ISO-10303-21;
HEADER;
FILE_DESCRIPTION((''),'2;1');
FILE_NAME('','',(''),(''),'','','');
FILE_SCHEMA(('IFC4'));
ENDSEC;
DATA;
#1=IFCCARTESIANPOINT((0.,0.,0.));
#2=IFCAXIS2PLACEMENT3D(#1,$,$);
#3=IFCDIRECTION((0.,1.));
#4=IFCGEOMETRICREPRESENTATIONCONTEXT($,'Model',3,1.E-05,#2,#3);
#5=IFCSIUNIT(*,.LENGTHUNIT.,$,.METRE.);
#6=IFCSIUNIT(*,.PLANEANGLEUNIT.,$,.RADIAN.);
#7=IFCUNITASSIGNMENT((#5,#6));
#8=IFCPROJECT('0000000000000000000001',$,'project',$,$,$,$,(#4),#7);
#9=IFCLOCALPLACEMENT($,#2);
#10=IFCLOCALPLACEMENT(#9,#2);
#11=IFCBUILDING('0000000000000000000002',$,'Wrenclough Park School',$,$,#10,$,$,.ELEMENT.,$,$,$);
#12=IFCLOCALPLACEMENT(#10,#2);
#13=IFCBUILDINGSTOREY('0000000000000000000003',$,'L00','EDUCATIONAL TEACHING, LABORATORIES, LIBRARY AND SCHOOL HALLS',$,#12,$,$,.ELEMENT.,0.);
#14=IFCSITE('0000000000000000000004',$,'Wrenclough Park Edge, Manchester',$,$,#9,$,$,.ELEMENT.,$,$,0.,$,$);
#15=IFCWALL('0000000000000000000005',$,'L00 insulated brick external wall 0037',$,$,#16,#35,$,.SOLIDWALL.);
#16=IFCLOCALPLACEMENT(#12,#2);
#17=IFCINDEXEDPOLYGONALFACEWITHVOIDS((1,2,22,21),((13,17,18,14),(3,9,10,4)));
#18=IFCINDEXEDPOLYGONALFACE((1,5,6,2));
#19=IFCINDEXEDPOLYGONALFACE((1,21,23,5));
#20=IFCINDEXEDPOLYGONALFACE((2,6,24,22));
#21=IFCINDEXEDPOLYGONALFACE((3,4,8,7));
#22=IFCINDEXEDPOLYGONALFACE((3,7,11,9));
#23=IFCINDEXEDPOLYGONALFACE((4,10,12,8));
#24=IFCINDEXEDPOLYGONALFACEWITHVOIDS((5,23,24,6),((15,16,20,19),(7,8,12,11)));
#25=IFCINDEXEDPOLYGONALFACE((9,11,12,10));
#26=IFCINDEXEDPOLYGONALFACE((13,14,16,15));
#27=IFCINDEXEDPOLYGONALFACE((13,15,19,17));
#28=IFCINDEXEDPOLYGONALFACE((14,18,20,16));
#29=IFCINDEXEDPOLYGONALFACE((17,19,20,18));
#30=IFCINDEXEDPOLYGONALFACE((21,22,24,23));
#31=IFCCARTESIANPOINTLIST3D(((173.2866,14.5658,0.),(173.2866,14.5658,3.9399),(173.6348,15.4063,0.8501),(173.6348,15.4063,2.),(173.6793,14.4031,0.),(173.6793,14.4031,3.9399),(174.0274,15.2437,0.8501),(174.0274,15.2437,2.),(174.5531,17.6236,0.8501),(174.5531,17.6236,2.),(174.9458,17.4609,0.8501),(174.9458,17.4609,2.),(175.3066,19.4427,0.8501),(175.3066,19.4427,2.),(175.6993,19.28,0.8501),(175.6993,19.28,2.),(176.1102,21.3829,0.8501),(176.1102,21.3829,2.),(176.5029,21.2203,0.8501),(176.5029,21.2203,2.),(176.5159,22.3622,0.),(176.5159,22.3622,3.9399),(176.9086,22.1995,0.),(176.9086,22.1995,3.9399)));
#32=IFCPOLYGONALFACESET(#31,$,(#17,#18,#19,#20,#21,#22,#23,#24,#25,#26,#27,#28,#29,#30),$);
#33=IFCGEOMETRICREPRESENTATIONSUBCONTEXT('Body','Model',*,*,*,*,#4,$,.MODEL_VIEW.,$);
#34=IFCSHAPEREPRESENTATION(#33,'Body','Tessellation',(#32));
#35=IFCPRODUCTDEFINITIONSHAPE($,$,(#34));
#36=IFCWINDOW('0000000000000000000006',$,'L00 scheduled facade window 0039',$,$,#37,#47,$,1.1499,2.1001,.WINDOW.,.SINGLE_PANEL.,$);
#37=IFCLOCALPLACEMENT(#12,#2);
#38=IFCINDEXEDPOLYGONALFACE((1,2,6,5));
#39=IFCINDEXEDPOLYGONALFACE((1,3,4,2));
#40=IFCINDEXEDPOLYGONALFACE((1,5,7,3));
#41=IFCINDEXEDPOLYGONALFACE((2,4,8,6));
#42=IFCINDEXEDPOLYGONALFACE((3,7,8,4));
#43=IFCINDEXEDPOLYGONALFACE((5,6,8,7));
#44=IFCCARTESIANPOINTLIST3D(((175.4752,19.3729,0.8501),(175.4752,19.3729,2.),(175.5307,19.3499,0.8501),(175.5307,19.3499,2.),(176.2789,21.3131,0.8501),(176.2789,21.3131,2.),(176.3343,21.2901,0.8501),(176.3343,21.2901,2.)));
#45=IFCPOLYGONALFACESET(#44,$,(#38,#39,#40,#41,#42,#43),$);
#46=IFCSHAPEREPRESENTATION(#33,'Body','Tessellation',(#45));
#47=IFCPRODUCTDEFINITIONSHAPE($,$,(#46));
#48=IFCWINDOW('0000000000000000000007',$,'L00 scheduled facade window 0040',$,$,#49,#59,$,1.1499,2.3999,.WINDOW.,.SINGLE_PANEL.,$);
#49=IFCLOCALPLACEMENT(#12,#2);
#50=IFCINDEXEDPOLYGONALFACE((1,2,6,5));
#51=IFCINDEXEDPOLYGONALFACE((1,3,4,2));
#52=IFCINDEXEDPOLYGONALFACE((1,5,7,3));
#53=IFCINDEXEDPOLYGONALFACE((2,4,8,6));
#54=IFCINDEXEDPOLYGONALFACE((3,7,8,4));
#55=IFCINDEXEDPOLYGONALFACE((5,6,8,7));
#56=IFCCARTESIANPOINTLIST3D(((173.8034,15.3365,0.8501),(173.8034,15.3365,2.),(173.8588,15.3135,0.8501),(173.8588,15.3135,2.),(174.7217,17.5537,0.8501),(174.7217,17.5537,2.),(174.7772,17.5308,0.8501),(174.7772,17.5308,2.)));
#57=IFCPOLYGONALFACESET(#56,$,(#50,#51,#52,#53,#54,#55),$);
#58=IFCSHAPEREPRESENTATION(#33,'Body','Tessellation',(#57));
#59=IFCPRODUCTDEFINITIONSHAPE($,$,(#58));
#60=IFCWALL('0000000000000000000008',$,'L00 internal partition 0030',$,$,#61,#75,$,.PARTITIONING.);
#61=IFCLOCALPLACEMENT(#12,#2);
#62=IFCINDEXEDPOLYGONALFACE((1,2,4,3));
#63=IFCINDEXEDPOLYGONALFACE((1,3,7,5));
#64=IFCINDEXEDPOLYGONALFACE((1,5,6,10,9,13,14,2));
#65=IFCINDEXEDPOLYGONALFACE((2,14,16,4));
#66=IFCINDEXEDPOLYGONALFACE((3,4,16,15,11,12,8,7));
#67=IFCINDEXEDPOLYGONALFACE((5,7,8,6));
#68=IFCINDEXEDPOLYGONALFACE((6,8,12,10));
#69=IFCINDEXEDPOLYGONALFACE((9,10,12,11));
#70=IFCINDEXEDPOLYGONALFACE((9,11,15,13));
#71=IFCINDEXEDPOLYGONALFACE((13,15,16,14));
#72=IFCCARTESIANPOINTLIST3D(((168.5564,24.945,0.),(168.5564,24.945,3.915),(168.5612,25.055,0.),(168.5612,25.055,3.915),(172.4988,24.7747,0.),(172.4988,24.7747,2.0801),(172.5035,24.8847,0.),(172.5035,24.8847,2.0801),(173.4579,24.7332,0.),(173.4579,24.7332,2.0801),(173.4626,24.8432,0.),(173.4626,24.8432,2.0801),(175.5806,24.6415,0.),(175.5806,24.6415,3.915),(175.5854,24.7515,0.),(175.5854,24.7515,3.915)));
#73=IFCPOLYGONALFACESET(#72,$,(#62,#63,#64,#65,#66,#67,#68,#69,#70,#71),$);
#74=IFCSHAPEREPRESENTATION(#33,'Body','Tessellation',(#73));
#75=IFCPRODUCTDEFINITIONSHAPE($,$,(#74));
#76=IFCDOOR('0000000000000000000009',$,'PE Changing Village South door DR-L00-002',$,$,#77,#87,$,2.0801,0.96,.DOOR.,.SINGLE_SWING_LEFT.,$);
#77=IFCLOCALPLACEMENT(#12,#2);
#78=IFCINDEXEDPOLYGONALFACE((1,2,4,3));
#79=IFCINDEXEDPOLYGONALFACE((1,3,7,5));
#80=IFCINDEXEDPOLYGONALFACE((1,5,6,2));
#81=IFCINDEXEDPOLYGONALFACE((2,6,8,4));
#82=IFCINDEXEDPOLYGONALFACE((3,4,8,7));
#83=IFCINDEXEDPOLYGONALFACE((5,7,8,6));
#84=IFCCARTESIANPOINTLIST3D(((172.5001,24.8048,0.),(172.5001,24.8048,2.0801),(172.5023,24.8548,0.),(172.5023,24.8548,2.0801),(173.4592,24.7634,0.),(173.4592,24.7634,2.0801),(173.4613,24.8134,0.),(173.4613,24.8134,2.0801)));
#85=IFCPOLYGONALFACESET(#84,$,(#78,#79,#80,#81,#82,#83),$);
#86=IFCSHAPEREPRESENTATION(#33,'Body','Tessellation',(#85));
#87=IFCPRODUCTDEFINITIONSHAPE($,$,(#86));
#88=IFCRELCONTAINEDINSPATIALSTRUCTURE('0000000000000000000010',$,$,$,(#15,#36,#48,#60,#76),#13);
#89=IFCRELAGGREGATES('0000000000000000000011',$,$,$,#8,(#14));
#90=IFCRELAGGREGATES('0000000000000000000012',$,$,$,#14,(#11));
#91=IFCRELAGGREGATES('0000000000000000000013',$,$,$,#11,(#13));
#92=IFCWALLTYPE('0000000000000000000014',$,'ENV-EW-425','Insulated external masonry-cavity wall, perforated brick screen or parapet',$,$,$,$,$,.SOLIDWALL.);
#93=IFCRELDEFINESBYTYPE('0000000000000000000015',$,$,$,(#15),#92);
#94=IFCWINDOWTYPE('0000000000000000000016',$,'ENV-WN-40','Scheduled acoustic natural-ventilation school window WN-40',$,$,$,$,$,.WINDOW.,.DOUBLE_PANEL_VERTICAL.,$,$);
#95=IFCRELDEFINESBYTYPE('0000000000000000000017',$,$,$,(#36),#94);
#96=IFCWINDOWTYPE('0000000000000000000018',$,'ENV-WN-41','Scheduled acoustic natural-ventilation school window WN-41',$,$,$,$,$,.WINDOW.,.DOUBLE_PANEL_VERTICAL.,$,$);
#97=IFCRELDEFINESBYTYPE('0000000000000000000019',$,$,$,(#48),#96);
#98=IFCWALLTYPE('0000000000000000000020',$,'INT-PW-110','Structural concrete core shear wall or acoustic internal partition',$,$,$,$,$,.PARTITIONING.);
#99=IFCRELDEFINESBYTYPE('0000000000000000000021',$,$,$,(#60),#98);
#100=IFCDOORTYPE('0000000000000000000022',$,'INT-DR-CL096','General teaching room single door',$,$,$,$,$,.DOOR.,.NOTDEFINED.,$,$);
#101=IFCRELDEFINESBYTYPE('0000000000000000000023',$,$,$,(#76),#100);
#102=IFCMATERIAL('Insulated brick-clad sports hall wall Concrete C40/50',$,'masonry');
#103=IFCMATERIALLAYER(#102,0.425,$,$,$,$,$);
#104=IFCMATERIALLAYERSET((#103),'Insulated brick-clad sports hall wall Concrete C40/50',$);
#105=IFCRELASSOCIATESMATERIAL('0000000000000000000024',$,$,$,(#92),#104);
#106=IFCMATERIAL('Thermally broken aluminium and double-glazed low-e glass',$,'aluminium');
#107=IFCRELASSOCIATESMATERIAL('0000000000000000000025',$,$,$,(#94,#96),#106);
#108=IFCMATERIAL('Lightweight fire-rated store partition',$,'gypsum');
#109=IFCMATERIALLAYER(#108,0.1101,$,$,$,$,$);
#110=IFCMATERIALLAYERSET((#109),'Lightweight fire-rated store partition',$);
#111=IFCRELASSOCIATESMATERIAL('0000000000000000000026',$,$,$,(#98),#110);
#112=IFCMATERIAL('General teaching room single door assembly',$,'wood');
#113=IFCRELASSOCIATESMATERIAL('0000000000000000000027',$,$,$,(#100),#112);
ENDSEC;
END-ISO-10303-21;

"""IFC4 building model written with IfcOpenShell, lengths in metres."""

from ifc_helpers import new_model, si_unit, direction, frame, frame_2d, origin, place, context, subcontext, project, spatial, rectangle, extrude, material, layer, layer_set, type_object, element, fill, save


model = new_model("IFC4")

# Units and contexts
model_context = context("Model", 3, precision=1e-05, world=origin(), true_north=direction((0.0, 1.0)))
body_context = subcontext(model_context, "Body", "Model", "MODEL_VIEW")
ifc_project = project(units=[si_unit("LENGTHUNIT", "METRE"), si_unit("PLANEANGLEUNIT", "RADIAN")], contexts=[model_context])

# Site, building, storey
site_placement = place(None, origin())
site = spatial("IfcSite", under=ifc_project, at=site_placement, Name="Wrenclough Park Edge, Manchester", CompositionType="ELEMENT", RefElevation=0.0)
building_placement = place(site_placement, origin())
building = spatial("IfcBuilding", under=site, at=building_placement, Name="Wrenclough Park School", CompositionType="ELEMENT")
storey_placement = place(building_placement, origin())
storey = spatial("IfcBuildingStorey", under=building, at=storey_placement, Name="L00", Description="EDUCATIONAL TEACHING, LABORATORIES, LIBRARY AND SCHOOL HALLS", CompositionType="ELEMENT", Elevation=0.0)

# Wall, openings, windows
ifc_material_1 = material(Name="Insulated brick-clad sports hall wall Concrete C40/50", Category="masonry")
ifc_layer_1 = layer(ifc_material_1, 0.425)
ifc_layer_set_1 = layer_set([ifc_layer_1], Name="Insulated brick-clad sports hall wall Concrete C40/50")
wall_type_1 = type_object("IfcWallType", Name="ENV-EW-425", Description="Insulated external masonry-cavity wall, perforated brick screen or parapet", PredefinedType="SOLIDWALL", material=ifc_layer_set_1)
wall_1_placement = place(storey_placement, frame((176.7122, 22.2808, 0.0), z_axis=(0.0, 0.0, 1.0), x_axis=(-0.382671, -0.923885, 0.0)))
wall_1 = element("IfcWall", 1, at=wall_1_placement, inside=storey, type_object=wall_type_1, Name="L00 insulated brick external wall 0037", PredefinedType="SOLIDWALL", context=body_context, shape_type="SweptSolid", body=[
    extrude(rectangle(XDim=8.4387, YDim=0.425, at=frame_2d((4.2192, 0.0))), origin(), (0.0, 0.0, 1.0), 3.9399),
])
opening_1_placement = place(wall_1_placement, frame((1.0598, 0.0, 0.8501)))
opening_1 = element("IfcOpeningElement", 2, at=opening_1_placement, cuts=wall_1, PredefinedType="OPENING", context=body_context, shape_type="SweptSolid", body=[
    extrude(rectangle(XDim=2.1001, YDim=1.1499, at=frame_2d((1.05, 0.575))), frame((0.0, 0.2224, 0.0), z_axis=(0.0, -1.0, 0.0), x_axis=(1.0, 0.0, 0.0)), (0.0, 0.0, 1.0), 0.4451),
])
opening_2_placement = place(wall_1_placement, frame((5.1289, 0.0, 0.8501)))
opening_2 = element("IfcOpeningElement", 3, at=opening_2_placement, cuts=wall_1, PredefinedType="OPENING", context=body_context, shape_type="SweptSolid", body=[
    extrude(rectangle(XDim=2.3999, YDim=1.1499, at=frame_2d((1.2, 0.575))), frame((0.0, 0.2224, 0.0), z_axis=(0.0, -1.0, 0.0), x_axis=(1.0, 0.0, 0.0)), (0.0, 0.0, 1.0), 0.4451),
])
ifc_material_2 = material(Name="Thermally broken aluminium and double-glazed low-e glass", Category="aluminium")
window_type_1 = type_object("IfcWindowType", Name="ENV-WN-40", Description="Scheduled acoustic natural-ventilation school window WN-40", PartitioningType="DOUBLE_PANEL_VERTICAL", PredefinedType="WINDOW", material=ifc_material_2)
window_1_placement = place(opening_1_placement, origin())
window_1 = element("IfcWindow", 4, at=window_1_placement, inside=storey, type_object=window_type_1, Name="L00 scheduled facade window 0039", OverallHeight=1.1499, OverallWidth=2.1001, PartitioningType="SINGLE_PANEL", PredefinedType="WINDOW", context=body_context, shape_type="SweptSolid", body=[
    extrude(rectangle(XDim=2.1001, YDim=1.1499, at=frame_2d((1.05, 0.575))), frame((0.0, 0.03, 0.0), z_axis=(0.0, -1.0, 0.0), x_axis=(1.0, 0.0, 0.0)), (0.0, 0.0, 1.0), 0.0601),
])
fill(opening_1, window_1)
window_type_2 = type_object("IfcWindowType", Name="ENV-WN-41", Description="Scheduled acoustic natural-ventilation school window WN-41", PartitioningType="DOUBLE_PANEL_VERTICAL", PredefinedType="WINDOW", material=ifc_material_2)
window_2_placement = place(opening_2_placement, origin())
window_2 = element("IfcWindow", 5, at=window_2_placement, inside=storey, type_object=window_type_2, Name="L00 scheduled facade window 0040", OverallHeight=1.1499, OverallWidth=2.3999, PartitioningType="SINGLE_PANEL", PredefinedType="WINDOW", context=body_context, shape_type="SweptSolid", body=[
    extrude(rectangle(XDim=2.3999, YDim=1.1499, at=frame_2d((1.2, 0.575))), frame((0.0, 0.03, 0.0), z_axis=(0.0, -1.0, 0.0), x_axis=(1.0, 0.0, 0.0)), (0.0, 0.0, 1.0), 0.0601),
])
fill(opening_2, window_2)

# Wall, opening, door
ifc_material_3 = material(Name="Lightweight fire-rated store partition", Category="gypsum")
ifc_layer_2 = layer(ifc_material_3, 0.1101)
ifc_layer_set_2 = layer_set([ifc_layer_2], Name="Lightweight fire-rated store partition")
wall_type_2 = type_object("IfcWallType", Name="INT-PW-110", Description="Structural concrete core shear wall or acoustic internal partition", PredefinedType="PARTITIONING", material=ifc_layer_set_2)
wall_2_placement = place(storey_placement, frame((175.583, 24.6965, 0.0), z_axis=(0.0, 0.0, 1.0), x_axis=(-0.999068, 0.043163, 0.0)))
wall_2 = element("IfcWall", 6, at=wall_2_placement, inside=storey, type_object=wall_type_2, Name="L00 internal partition 0030", PredefinedType="PARTITIONING", context=body_context, shape_type="SweptSolid", body=[
    extrude(rectangle(XDim=7.0308, YDim=0.1101, at=frame_2d((3.5154, 0.0))), origin(), (0.0, 0.0, 1.0), 3.915),
])
opening_3_placement = place(wall_2_placement, frame((2.1248, 0.0, 0.0)))
opening_3 = element("IfcOpeningElement", 7, at=opening_3_placement, cuts=wall_2, PredefinedType="OPENING", context=body_context, shape_type="SweptSolid", body=[
    extrude(rectangle(XDim=0.96, YDim=2.0801, at=frame_2d((0.48, 1.04))), frame((0.0, 0.0649, 0.0), z_axis=(0.0, -1.0, 0.0), x_axis=(1.0, 0.0, 0.0)), (0.0, 0.0, 1.0), 0.1301),
])
ifc_material_4 = material(Name="General teaching room single door assembly", Category="wood")
door_type_1 = type_object("IfcDoorType", Name="INT-DR-CL096", Description="General teaching room single door", OperationType="NOTDEFINED", PredefinedType="DOOR", material=ifc_material_4)
door_1_placement = place(opening_3_placement, origin())
door_1 = element("IfcDoor", 8, at=door_1_placement, inside=storey, type_object=door_type_1, Name="PE Changing Village South door DR-L00-002", OperationType="SINGLE_SWING_LEFT", OverallHeight=2.0801, OverallWidth=0.96, PredefinedType="DOOR", context=body_context, shape_type="SweptSolid", body=[
    extrude(rectangle(XDim=0.96, YDim=2.0801, at=frame_2d((0.48, 1.04))), frame((0.0, 0.0249, 0.0), z_axis=(0.0, -1.0, 0.0), x_axis=(1.0, 0.0, 0.0)), (0.0, 0.0, 1.0), 0.05),
])
fill(opening_3, door_1)

save(model, "model.ifc")
